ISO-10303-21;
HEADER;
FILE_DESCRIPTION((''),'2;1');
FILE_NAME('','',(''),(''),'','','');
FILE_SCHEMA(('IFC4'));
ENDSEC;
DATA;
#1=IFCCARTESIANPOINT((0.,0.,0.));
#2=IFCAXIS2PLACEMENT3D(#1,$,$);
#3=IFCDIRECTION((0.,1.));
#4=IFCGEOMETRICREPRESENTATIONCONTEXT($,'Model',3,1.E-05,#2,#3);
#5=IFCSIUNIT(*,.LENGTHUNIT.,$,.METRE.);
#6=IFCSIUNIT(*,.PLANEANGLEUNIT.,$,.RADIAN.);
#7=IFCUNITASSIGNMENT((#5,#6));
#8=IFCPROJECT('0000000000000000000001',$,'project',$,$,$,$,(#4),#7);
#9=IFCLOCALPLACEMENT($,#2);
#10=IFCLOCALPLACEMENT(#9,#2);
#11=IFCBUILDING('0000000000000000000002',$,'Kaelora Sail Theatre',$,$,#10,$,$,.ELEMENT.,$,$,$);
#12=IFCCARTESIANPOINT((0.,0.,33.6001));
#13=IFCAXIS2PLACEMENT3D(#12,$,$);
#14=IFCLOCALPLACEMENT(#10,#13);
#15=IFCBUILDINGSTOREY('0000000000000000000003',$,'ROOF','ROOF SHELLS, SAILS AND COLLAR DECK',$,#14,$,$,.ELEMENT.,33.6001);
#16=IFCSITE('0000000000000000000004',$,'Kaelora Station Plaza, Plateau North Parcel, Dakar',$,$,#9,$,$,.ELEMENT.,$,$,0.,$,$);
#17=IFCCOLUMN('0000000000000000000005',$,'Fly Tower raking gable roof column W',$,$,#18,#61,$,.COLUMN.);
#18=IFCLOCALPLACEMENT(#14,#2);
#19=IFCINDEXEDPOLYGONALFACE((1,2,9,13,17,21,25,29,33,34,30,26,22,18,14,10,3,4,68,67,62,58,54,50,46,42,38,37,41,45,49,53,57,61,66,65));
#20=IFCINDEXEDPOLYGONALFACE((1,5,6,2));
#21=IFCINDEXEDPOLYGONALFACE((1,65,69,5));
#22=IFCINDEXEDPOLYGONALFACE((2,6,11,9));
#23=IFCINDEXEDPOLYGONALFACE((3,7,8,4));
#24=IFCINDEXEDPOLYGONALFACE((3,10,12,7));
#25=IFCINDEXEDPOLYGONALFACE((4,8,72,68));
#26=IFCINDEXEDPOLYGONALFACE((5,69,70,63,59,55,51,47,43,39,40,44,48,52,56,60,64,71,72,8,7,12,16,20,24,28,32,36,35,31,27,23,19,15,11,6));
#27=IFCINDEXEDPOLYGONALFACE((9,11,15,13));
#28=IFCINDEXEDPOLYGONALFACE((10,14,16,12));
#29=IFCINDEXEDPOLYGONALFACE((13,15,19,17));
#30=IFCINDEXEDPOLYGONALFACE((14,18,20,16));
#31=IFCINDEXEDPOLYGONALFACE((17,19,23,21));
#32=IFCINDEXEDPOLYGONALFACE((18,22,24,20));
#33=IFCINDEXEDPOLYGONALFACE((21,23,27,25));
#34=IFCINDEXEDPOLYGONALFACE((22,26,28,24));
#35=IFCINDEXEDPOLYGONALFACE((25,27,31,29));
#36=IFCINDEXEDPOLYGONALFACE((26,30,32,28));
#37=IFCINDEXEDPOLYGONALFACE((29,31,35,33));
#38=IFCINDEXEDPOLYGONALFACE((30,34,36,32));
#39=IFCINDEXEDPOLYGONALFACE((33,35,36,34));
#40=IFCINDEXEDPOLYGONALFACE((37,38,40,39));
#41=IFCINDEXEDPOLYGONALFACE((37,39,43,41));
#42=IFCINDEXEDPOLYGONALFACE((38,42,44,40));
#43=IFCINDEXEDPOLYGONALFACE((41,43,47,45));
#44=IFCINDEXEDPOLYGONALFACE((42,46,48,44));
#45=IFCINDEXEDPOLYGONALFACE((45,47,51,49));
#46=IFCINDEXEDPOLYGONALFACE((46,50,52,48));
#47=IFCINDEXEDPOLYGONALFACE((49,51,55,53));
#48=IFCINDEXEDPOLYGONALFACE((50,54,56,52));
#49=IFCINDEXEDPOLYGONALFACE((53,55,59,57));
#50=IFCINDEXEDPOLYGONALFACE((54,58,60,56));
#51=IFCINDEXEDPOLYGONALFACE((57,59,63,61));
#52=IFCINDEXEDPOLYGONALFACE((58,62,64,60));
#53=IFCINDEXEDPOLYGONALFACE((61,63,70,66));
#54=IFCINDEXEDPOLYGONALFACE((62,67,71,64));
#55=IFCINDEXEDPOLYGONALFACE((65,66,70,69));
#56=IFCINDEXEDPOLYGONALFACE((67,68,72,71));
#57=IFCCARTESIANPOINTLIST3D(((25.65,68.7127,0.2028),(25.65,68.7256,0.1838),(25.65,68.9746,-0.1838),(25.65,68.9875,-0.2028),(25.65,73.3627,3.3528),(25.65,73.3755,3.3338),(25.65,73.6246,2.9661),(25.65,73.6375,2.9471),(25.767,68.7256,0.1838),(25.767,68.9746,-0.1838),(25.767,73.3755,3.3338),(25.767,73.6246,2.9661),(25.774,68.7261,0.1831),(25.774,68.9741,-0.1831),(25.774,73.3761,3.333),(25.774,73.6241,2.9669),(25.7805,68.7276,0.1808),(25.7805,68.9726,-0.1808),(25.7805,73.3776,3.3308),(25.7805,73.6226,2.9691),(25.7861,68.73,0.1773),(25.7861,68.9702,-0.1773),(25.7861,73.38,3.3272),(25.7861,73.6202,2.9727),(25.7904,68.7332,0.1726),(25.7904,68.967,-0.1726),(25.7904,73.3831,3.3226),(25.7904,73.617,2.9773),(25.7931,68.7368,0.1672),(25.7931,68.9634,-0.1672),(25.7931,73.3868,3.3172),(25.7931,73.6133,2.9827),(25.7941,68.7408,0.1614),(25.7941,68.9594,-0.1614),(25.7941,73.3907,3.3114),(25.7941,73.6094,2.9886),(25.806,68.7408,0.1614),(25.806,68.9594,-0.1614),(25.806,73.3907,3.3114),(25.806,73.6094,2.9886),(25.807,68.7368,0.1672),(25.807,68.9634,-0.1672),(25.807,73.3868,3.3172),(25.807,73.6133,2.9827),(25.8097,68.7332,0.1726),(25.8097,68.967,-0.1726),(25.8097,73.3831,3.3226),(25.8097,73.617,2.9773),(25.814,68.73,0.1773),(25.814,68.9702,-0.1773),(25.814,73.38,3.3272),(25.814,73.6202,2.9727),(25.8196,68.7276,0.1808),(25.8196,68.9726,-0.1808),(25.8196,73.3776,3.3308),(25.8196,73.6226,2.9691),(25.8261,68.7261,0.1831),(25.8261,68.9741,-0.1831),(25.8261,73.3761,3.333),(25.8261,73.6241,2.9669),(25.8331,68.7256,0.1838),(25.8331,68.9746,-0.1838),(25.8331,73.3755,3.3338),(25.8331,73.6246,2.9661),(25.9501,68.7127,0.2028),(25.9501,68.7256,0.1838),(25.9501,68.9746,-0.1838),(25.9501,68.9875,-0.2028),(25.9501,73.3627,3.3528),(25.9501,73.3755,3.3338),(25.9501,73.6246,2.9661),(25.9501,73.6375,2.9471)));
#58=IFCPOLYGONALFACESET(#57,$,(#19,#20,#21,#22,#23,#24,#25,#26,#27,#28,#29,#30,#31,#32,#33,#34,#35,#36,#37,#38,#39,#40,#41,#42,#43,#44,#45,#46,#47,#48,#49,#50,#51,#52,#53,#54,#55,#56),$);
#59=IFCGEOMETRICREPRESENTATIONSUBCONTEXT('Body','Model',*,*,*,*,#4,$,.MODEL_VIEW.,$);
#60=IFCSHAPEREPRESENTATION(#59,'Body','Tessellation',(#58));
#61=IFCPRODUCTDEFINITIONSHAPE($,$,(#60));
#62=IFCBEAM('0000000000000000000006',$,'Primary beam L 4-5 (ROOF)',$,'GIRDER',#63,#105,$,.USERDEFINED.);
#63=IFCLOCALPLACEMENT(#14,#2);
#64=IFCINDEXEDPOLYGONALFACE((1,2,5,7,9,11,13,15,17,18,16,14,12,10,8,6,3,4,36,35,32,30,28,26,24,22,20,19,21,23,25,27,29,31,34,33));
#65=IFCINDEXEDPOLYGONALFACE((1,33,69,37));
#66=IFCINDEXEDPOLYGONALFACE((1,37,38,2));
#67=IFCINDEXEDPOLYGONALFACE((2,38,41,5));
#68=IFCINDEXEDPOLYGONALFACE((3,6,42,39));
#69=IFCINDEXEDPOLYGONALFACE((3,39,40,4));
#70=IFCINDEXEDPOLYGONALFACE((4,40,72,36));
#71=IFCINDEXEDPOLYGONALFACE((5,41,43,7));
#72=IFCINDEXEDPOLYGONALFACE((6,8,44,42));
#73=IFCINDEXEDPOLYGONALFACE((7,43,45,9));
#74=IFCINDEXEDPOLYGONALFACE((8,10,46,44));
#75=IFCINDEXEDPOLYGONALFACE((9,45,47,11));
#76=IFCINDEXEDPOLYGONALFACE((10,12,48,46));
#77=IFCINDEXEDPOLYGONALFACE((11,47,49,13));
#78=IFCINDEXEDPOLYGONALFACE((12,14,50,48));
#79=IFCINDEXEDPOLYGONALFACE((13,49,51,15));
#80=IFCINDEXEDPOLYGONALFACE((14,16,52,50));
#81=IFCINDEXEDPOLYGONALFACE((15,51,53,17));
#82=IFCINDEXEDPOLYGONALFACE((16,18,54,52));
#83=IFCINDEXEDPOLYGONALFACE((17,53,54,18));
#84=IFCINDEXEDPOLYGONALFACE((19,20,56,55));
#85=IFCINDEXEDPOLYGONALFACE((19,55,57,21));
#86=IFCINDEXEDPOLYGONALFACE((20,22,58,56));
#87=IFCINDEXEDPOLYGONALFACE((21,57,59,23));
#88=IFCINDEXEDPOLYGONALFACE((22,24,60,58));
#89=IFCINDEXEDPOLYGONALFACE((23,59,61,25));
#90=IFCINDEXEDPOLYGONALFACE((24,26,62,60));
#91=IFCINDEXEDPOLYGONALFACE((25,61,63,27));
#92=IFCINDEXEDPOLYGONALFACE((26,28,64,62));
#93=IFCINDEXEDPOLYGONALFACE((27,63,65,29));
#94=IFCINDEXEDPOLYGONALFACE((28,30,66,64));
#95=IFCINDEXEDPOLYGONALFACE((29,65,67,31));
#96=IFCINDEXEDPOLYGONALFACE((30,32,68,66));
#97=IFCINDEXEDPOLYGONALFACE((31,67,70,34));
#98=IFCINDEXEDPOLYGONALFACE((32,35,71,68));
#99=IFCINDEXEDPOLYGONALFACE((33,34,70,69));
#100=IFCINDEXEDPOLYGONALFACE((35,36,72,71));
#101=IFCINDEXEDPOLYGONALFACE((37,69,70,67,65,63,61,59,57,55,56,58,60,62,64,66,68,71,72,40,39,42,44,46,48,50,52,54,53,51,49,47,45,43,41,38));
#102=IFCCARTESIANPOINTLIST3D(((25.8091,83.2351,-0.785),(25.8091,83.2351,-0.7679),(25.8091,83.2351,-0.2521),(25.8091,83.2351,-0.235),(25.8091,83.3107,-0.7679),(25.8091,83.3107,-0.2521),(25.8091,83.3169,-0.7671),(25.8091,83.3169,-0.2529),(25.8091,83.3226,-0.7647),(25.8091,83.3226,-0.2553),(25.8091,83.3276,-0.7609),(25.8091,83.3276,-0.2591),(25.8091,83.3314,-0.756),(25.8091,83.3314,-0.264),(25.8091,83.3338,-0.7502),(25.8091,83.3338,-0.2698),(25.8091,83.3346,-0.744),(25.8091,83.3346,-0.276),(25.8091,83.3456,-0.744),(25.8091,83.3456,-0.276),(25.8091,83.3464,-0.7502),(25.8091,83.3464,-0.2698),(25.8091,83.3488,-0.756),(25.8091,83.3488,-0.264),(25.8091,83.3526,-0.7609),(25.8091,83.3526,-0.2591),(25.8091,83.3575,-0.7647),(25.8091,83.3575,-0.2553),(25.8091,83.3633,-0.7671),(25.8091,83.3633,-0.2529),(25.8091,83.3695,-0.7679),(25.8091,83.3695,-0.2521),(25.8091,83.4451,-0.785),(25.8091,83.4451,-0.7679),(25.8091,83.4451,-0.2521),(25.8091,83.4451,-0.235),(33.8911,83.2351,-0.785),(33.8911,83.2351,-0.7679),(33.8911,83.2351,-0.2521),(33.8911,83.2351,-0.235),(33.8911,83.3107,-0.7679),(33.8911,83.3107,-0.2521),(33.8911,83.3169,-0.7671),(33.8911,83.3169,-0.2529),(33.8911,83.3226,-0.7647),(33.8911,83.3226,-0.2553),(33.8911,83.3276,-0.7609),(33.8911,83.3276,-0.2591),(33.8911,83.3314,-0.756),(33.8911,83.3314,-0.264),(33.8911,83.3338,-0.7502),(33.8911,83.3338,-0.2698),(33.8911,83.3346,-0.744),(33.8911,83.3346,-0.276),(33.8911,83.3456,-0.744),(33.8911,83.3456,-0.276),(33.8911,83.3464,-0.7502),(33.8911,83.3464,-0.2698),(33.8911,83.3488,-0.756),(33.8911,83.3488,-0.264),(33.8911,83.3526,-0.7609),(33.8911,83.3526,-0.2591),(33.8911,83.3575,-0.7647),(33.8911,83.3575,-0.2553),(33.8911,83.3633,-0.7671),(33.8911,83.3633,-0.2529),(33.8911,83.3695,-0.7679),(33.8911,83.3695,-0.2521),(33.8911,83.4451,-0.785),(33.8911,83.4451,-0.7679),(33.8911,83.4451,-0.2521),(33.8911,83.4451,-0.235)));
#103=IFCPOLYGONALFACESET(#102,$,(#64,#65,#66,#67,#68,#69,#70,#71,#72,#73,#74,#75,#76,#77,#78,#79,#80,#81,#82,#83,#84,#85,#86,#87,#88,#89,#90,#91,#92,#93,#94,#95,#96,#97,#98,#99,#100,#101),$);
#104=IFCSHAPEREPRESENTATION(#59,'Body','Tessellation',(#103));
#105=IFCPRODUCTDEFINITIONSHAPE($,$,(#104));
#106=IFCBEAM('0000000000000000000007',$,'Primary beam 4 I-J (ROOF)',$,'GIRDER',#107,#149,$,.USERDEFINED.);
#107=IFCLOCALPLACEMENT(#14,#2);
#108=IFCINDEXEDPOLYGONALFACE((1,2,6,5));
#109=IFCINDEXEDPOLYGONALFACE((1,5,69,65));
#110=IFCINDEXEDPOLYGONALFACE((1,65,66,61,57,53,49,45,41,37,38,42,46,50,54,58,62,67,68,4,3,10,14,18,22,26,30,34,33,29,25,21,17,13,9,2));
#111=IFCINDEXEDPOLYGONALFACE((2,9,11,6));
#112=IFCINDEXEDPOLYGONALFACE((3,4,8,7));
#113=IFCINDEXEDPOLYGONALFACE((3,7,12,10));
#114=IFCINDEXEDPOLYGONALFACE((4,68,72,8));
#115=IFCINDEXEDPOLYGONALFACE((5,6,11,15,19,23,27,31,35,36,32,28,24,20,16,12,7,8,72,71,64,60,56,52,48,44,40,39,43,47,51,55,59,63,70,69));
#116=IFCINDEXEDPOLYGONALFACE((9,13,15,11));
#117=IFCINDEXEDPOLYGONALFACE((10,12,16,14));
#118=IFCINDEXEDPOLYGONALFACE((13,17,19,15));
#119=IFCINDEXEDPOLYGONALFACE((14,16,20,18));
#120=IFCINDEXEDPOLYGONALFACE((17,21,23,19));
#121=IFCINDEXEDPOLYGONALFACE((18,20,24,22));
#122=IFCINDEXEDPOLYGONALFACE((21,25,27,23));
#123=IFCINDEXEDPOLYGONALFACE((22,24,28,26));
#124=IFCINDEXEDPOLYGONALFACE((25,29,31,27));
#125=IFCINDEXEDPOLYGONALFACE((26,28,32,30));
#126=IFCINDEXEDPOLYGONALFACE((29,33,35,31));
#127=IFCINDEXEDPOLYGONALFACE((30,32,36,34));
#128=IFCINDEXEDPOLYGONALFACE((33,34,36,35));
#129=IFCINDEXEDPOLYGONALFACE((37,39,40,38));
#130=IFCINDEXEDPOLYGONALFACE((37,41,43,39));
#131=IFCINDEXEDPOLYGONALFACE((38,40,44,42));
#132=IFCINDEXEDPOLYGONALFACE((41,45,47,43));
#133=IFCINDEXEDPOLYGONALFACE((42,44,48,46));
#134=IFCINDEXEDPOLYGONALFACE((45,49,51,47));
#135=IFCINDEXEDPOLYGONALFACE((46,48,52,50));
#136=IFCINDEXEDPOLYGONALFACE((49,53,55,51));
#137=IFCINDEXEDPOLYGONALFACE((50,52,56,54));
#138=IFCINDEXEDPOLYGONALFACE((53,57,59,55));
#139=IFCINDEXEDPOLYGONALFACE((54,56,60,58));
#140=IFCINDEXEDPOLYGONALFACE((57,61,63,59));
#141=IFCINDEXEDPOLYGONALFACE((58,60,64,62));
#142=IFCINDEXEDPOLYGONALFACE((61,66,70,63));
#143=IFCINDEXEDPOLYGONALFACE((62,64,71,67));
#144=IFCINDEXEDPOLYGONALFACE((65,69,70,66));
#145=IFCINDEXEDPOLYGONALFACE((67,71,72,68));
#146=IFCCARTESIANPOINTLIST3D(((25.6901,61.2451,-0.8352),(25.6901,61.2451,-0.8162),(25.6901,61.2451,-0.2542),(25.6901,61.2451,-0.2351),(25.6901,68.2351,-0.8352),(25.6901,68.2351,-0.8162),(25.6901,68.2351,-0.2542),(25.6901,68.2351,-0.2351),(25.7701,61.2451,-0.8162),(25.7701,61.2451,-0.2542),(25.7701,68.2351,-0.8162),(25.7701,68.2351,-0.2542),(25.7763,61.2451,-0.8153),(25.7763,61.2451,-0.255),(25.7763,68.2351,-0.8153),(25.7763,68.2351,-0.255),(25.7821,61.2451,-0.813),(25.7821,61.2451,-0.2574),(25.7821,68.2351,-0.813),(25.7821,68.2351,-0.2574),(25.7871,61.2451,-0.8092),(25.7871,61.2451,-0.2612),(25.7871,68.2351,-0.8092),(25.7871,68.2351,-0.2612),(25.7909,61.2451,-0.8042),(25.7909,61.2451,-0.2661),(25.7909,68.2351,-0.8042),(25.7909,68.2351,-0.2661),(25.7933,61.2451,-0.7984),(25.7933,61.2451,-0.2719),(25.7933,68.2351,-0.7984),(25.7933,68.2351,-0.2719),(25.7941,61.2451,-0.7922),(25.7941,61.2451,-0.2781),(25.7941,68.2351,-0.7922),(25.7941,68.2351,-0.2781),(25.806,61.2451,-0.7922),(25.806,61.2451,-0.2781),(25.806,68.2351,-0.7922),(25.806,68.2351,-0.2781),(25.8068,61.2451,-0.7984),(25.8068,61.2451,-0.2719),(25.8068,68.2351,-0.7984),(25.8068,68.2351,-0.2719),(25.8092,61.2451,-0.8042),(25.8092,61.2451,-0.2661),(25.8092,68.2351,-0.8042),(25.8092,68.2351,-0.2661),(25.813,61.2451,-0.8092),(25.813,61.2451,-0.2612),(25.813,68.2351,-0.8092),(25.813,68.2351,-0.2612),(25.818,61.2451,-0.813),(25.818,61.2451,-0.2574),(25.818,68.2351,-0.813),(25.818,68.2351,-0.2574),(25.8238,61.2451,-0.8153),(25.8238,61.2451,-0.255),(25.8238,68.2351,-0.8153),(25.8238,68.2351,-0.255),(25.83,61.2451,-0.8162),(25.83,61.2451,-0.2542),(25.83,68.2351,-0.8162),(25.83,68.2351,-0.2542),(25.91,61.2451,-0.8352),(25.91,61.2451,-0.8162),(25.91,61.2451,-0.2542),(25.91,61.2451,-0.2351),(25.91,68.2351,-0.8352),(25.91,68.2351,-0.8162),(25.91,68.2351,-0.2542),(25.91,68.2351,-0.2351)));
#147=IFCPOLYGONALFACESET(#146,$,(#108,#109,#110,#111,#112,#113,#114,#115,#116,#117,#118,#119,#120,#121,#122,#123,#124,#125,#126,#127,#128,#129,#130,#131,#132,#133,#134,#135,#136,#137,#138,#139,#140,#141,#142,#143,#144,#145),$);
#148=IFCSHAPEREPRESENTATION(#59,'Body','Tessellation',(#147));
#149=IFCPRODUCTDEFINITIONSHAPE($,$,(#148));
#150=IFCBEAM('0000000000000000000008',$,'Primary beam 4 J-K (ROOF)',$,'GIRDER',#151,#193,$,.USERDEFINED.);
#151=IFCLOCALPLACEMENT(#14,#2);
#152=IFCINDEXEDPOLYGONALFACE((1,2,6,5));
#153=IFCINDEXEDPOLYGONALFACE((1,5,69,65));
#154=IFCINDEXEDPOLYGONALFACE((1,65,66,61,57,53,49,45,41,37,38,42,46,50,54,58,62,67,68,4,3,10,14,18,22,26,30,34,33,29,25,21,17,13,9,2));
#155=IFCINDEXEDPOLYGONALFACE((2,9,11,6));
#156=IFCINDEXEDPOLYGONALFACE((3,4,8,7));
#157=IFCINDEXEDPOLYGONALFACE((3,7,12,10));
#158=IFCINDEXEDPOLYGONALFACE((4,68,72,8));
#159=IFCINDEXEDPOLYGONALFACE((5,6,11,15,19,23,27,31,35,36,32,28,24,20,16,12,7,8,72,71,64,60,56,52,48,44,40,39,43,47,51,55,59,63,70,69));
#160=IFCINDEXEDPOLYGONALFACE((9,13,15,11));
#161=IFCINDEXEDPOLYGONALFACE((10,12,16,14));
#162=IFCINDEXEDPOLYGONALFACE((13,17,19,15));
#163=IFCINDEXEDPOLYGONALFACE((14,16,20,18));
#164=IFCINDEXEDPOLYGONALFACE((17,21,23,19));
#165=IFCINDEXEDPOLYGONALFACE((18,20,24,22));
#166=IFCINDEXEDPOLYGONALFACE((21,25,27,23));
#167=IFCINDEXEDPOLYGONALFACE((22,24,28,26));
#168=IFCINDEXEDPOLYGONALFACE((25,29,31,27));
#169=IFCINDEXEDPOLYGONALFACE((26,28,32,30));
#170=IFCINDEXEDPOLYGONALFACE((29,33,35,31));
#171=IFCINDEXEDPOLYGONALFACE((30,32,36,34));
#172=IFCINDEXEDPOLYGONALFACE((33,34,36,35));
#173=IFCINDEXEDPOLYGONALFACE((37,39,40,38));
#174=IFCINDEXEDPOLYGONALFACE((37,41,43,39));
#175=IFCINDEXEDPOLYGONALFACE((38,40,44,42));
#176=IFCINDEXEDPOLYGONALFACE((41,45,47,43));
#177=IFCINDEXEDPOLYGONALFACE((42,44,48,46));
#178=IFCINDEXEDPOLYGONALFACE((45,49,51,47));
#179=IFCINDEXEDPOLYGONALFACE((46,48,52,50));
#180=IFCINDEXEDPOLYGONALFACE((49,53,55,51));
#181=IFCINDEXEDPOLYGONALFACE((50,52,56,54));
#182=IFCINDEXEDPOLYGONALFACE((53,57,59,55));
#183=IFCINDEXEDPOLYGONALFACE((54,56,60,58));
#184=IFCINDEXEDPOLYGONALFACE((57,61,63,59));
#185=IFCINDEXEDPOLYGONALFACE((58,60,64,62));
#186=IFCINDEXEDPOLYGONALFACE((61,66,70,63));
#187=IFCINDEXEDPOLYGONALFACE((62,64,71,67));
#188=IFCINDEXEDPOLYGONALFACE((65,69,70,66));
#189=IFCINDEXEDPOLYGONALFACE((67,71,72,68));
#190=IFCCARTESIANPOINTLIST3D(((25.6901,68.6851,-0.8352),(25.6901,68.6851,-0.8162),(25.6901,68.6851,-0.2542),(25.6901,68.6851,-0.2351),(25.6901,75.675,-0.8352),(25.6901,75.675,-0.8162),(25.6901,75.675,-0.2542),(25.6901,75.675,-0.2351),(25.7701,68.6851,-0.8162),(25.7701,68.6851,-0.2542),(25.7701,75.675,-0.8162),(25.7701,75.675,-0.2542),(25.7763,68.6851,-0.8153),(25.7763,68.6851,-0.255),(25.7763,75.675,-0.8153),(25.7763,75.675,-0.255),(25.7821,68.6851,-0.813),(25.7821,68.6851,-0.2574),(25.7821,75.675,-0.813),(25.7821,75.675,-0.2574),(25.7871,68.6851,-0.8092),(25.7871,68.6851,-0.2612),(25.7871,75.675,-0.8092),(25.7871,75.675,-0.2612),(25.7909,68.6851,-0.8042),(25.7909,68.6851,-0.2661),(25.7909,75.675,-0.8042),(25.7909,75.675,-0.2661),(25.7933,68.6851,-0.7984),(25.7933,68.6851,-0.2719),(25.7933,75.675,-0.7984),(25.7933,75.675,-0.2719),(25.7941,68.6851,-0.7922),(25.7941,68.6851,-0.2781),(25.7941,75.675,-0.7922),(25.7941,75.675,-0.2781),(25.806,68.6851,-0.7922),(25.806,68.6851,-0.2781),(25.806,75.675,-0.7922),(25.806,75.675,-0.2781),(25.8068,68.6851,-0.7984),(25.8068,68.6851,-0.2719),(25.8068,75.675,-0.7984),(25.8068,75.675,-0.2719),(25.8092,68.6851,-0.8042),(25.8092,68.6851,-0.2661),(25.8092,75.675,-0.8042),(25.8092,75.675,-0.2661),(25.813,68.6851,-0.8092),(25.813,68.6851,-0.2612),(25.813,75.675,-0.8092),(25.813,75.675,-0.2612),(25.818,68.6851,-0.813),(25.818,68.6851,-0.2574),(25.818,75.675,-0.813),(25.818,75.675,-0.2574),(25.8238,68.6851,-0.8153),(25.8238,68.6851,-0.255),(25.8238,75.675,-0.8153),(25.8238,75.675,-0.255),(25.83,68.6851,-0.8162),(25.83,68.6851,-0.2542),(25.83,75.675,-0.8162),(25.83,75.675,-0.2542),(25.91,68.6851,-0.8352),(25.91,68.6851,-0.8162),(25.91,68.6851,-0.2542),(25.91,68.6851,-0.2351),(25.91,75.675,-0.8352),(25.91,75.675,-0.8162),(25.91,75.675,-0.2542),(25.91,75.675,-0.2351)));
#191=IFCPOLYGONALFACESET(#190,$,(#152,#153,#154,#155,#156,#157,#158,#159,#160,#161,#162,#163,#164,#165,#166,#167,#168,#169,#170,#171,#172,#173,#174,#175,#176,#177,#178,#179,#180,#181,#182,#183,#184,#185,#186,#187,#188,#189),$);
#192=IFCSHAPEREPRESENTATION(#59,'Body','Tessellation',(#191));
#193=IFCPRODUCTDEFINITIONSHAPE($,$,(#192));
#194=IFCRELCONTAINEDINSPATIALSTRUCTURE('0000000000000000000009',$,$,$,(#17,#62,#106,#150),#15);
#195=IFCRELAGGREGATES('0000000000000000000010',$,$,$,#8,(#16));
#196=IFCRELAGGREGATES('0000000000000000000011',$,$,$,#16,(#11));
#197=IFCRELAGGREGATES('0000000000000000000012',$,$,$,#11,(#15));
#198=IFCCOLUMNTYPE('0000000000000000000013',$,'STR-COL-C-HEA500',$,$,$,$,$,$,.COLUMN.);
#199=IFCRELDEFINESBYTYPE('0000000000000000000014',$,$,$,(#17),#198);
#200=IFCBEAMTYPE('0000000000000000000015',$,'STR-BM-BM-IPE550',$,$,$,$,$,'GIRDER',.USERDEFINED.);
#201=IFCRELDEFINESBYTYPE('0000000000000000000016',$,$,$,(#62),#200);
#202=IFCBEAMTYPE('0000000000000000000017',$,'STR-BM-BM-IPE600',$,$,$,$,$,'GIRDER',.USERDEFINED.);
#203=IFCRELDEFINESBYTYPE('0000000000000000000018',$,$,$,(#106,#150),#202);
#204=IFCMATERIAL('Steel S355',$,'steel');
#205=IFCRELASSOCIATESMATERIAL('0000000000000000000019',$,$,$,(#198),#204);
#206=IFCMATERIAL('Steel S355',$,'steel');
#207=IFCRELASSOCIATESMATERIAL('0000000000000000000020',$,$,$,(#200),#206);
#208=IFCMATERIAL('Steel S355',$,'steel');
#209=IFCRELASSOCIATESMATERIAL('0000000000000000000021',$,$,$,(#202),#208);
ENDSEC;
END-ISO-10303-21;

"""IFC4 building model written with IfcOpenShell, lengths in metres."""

from ifc_helpers import new_model, si_unit, direction, frame, origin, origin_2d, place, context, subcontext, project, spatial, i_section, extrude, material, material_profile, profile_set, type_object, element, save


model = new_model("IFC4")

# Units and contexts
model_context = context("Model", 3, precision=1e-05, world=origin(), true_north=direction((0.0, 1.0)))
body_context = subcontext(model_context, "Body", "Model", "MODEL_VIEW")
ifc_project = project(units=[si_unit("LENGTHUNIT", "METRE"), si_unit("PLANEANGLEUNIT", "RADIAN")], contexts=[model_context])

# Site, building, storey
site_placement = place(None, origin())
site = spatial("IfcSite", under=ifc_project, at=site_placement, Name="Kaelora Station Plaza, Plateau North Parcel, Dakar", CompositionType="ELEMENT", RefElevation=0.0)
building_placement = place(site_placement, origin())
building = spatial("IfcBuilding", under=site, at=building_placement, Name="Kaelora Sail Theatre", CompositionType="ELEMENT")
storey_placement = place(building_placement, frame((0.0, 0.0, 33.6001)))
storey = spatial("IfcBuildingStorey", under=building, at=storey_placement, Name="ROOF", Description="ROOF SHELLS, SAILS AND COLLAR DECK", CompositionType="ELEMENT", Elevation=33.6001)

# Column
ifc_material_1 = material(Name="Steel S355", Category="steel")
ifc_material_profile_1 = material_profile(ifc_material_1, i_section(OverallWidth=0.3, OverallDepth=0.49, WebThickness=0.012, FlangeThickness=0.0229, FilletRadius=0.0271, at=origin_2d()), Name="HEA 500")
ifc_profile_set_1 = profile_set([ifc_material_profile_1], Name="Steel S355")
column_type = type_object("IfcColumnType", Name="STR-COL-C-HEA500", PredefinedType="COLUMN", material=ifc_profile_set_1)
column_placement = place(storey_placement, frame((25.8, 68.8501, 0.0), z_axis=(0.0, 0.827921, 0.560844), x_axis=(-1.0, 0.0, 0.0)))
element("IfcColumn", 1, at=column_placement, inside=storey, type_object=column_type, Name="Fly Tower raking gable roof column W", PredefinedType="COLUMN", context=body_context, shape_type="SweptSolid", body=[
    extrude(i_section(OverallWidth=0.3, OverallDepth=0.49, WebThickness=0.012, FlangeThickness=0.0229, FilletRadius=0.0271, at=origin_2d()), origin(), (0.0, 0.0, 1.0), 5.6165),
])

# Beams
ifc_material_2 = material(Name="Steel S355", Category="steel")
ifc_material_profile_2 = material_profile(ifc_material_2, i_section(OverallWidth=0.21, OverallDepth=0.55, WebThickness=0.011, FlangeThickness=0.0171, FilletRadius=0.0239, at=origin_2d()), Name="IPE 550")
ifc_profile_set_2 = profile_set([ifc_material_profile_2], Name="Steel S355")
beam_type_1 = type_object("IfcBeamType", Name="STR-BM-BM-IPE550", ElementType="GIRDER", PredefinedType="USERDEFINED", material=ifc_profile_set_2)
beam_placement = place(storey_placement, frame((25.8091, 83.3401, -0.51), z_axis=(1.0, 0.0, 0.0), x_axis=(0.0, 1.0, 0.0)))
element("IfcBeam", 2, at=beam_placement, inside=storey, type_object=beam_type_1, Name="Primary beam L 4-5 (ROOF)", ObjectType="GIRDER", PredefinedType="USERDEFINED", context=body_context, shape_type="SweptSolid", body=[
    extrude(i_section(OverallWidth=0.21, OverallDepth=0.55, WebThickness=0.011, FlangeThickness=0.0171, FilletRadius=0.0239, at=origin_2d()), origin(), (0.0, 0.0, 1.0), 8.082),
])
ifc_material_3 = material(Name="Steel S355", Category="steel")
ifc_material_profile_3 = material_profile(ifc_material_3, i_section(OverallWidth=0.22, OverallDepth=0.6001, WebThickness=0.012, FlangeThickness=0.019, FilletRadius=0.0239, at=origin_2d()), Name="IPE 600")
ifc_profile_set_3 = profile_set([ifc_material_profile_3], Name="Steel S355")
beam_type_2 = type_object("IfcBeamType", Name="STR-BM-BM-IPE600", ElementType="GIRDER", PredefinedType="USERDEFINED", material=ifc_profile_set_3)
for number, where, z_axis, x_axis, name in (
    (3, (25.8, 61.2451, -0.5352), (0.0, 1.0, 0.0), (-1.0, 0.0, 0.0), "Primary beam 4 I-J (ROOF)"),
    (4, (25.8, 68.6851, -0.5352), (0.0, 1.0, 0.0), (-1.0, 0.0, 0.0), "Primary beam 4 J-K (ROOF)"),
):
    element("IfcBeam", number, at=place(storey_placement, frame(where, z_axis=z_axis, x_axis=x_axis)), inside=storey, type_object=beam_type_2, Name=name, ObjectType="GIRDER", PredefinedType="USERDEFINED", context=body_context, shape_type="SweptSolid", body=[
        extrude(i_section(OverallWidth=0.22, OverallDepth=0.6001, WebThickness=0.012, FlangeThickness=0.019, FilletRadius=0.0239, at=origin_2d()), origin(), (0.0, 0.0, 1.0), 6.99),
    ])

save(model, "model.ifc")
